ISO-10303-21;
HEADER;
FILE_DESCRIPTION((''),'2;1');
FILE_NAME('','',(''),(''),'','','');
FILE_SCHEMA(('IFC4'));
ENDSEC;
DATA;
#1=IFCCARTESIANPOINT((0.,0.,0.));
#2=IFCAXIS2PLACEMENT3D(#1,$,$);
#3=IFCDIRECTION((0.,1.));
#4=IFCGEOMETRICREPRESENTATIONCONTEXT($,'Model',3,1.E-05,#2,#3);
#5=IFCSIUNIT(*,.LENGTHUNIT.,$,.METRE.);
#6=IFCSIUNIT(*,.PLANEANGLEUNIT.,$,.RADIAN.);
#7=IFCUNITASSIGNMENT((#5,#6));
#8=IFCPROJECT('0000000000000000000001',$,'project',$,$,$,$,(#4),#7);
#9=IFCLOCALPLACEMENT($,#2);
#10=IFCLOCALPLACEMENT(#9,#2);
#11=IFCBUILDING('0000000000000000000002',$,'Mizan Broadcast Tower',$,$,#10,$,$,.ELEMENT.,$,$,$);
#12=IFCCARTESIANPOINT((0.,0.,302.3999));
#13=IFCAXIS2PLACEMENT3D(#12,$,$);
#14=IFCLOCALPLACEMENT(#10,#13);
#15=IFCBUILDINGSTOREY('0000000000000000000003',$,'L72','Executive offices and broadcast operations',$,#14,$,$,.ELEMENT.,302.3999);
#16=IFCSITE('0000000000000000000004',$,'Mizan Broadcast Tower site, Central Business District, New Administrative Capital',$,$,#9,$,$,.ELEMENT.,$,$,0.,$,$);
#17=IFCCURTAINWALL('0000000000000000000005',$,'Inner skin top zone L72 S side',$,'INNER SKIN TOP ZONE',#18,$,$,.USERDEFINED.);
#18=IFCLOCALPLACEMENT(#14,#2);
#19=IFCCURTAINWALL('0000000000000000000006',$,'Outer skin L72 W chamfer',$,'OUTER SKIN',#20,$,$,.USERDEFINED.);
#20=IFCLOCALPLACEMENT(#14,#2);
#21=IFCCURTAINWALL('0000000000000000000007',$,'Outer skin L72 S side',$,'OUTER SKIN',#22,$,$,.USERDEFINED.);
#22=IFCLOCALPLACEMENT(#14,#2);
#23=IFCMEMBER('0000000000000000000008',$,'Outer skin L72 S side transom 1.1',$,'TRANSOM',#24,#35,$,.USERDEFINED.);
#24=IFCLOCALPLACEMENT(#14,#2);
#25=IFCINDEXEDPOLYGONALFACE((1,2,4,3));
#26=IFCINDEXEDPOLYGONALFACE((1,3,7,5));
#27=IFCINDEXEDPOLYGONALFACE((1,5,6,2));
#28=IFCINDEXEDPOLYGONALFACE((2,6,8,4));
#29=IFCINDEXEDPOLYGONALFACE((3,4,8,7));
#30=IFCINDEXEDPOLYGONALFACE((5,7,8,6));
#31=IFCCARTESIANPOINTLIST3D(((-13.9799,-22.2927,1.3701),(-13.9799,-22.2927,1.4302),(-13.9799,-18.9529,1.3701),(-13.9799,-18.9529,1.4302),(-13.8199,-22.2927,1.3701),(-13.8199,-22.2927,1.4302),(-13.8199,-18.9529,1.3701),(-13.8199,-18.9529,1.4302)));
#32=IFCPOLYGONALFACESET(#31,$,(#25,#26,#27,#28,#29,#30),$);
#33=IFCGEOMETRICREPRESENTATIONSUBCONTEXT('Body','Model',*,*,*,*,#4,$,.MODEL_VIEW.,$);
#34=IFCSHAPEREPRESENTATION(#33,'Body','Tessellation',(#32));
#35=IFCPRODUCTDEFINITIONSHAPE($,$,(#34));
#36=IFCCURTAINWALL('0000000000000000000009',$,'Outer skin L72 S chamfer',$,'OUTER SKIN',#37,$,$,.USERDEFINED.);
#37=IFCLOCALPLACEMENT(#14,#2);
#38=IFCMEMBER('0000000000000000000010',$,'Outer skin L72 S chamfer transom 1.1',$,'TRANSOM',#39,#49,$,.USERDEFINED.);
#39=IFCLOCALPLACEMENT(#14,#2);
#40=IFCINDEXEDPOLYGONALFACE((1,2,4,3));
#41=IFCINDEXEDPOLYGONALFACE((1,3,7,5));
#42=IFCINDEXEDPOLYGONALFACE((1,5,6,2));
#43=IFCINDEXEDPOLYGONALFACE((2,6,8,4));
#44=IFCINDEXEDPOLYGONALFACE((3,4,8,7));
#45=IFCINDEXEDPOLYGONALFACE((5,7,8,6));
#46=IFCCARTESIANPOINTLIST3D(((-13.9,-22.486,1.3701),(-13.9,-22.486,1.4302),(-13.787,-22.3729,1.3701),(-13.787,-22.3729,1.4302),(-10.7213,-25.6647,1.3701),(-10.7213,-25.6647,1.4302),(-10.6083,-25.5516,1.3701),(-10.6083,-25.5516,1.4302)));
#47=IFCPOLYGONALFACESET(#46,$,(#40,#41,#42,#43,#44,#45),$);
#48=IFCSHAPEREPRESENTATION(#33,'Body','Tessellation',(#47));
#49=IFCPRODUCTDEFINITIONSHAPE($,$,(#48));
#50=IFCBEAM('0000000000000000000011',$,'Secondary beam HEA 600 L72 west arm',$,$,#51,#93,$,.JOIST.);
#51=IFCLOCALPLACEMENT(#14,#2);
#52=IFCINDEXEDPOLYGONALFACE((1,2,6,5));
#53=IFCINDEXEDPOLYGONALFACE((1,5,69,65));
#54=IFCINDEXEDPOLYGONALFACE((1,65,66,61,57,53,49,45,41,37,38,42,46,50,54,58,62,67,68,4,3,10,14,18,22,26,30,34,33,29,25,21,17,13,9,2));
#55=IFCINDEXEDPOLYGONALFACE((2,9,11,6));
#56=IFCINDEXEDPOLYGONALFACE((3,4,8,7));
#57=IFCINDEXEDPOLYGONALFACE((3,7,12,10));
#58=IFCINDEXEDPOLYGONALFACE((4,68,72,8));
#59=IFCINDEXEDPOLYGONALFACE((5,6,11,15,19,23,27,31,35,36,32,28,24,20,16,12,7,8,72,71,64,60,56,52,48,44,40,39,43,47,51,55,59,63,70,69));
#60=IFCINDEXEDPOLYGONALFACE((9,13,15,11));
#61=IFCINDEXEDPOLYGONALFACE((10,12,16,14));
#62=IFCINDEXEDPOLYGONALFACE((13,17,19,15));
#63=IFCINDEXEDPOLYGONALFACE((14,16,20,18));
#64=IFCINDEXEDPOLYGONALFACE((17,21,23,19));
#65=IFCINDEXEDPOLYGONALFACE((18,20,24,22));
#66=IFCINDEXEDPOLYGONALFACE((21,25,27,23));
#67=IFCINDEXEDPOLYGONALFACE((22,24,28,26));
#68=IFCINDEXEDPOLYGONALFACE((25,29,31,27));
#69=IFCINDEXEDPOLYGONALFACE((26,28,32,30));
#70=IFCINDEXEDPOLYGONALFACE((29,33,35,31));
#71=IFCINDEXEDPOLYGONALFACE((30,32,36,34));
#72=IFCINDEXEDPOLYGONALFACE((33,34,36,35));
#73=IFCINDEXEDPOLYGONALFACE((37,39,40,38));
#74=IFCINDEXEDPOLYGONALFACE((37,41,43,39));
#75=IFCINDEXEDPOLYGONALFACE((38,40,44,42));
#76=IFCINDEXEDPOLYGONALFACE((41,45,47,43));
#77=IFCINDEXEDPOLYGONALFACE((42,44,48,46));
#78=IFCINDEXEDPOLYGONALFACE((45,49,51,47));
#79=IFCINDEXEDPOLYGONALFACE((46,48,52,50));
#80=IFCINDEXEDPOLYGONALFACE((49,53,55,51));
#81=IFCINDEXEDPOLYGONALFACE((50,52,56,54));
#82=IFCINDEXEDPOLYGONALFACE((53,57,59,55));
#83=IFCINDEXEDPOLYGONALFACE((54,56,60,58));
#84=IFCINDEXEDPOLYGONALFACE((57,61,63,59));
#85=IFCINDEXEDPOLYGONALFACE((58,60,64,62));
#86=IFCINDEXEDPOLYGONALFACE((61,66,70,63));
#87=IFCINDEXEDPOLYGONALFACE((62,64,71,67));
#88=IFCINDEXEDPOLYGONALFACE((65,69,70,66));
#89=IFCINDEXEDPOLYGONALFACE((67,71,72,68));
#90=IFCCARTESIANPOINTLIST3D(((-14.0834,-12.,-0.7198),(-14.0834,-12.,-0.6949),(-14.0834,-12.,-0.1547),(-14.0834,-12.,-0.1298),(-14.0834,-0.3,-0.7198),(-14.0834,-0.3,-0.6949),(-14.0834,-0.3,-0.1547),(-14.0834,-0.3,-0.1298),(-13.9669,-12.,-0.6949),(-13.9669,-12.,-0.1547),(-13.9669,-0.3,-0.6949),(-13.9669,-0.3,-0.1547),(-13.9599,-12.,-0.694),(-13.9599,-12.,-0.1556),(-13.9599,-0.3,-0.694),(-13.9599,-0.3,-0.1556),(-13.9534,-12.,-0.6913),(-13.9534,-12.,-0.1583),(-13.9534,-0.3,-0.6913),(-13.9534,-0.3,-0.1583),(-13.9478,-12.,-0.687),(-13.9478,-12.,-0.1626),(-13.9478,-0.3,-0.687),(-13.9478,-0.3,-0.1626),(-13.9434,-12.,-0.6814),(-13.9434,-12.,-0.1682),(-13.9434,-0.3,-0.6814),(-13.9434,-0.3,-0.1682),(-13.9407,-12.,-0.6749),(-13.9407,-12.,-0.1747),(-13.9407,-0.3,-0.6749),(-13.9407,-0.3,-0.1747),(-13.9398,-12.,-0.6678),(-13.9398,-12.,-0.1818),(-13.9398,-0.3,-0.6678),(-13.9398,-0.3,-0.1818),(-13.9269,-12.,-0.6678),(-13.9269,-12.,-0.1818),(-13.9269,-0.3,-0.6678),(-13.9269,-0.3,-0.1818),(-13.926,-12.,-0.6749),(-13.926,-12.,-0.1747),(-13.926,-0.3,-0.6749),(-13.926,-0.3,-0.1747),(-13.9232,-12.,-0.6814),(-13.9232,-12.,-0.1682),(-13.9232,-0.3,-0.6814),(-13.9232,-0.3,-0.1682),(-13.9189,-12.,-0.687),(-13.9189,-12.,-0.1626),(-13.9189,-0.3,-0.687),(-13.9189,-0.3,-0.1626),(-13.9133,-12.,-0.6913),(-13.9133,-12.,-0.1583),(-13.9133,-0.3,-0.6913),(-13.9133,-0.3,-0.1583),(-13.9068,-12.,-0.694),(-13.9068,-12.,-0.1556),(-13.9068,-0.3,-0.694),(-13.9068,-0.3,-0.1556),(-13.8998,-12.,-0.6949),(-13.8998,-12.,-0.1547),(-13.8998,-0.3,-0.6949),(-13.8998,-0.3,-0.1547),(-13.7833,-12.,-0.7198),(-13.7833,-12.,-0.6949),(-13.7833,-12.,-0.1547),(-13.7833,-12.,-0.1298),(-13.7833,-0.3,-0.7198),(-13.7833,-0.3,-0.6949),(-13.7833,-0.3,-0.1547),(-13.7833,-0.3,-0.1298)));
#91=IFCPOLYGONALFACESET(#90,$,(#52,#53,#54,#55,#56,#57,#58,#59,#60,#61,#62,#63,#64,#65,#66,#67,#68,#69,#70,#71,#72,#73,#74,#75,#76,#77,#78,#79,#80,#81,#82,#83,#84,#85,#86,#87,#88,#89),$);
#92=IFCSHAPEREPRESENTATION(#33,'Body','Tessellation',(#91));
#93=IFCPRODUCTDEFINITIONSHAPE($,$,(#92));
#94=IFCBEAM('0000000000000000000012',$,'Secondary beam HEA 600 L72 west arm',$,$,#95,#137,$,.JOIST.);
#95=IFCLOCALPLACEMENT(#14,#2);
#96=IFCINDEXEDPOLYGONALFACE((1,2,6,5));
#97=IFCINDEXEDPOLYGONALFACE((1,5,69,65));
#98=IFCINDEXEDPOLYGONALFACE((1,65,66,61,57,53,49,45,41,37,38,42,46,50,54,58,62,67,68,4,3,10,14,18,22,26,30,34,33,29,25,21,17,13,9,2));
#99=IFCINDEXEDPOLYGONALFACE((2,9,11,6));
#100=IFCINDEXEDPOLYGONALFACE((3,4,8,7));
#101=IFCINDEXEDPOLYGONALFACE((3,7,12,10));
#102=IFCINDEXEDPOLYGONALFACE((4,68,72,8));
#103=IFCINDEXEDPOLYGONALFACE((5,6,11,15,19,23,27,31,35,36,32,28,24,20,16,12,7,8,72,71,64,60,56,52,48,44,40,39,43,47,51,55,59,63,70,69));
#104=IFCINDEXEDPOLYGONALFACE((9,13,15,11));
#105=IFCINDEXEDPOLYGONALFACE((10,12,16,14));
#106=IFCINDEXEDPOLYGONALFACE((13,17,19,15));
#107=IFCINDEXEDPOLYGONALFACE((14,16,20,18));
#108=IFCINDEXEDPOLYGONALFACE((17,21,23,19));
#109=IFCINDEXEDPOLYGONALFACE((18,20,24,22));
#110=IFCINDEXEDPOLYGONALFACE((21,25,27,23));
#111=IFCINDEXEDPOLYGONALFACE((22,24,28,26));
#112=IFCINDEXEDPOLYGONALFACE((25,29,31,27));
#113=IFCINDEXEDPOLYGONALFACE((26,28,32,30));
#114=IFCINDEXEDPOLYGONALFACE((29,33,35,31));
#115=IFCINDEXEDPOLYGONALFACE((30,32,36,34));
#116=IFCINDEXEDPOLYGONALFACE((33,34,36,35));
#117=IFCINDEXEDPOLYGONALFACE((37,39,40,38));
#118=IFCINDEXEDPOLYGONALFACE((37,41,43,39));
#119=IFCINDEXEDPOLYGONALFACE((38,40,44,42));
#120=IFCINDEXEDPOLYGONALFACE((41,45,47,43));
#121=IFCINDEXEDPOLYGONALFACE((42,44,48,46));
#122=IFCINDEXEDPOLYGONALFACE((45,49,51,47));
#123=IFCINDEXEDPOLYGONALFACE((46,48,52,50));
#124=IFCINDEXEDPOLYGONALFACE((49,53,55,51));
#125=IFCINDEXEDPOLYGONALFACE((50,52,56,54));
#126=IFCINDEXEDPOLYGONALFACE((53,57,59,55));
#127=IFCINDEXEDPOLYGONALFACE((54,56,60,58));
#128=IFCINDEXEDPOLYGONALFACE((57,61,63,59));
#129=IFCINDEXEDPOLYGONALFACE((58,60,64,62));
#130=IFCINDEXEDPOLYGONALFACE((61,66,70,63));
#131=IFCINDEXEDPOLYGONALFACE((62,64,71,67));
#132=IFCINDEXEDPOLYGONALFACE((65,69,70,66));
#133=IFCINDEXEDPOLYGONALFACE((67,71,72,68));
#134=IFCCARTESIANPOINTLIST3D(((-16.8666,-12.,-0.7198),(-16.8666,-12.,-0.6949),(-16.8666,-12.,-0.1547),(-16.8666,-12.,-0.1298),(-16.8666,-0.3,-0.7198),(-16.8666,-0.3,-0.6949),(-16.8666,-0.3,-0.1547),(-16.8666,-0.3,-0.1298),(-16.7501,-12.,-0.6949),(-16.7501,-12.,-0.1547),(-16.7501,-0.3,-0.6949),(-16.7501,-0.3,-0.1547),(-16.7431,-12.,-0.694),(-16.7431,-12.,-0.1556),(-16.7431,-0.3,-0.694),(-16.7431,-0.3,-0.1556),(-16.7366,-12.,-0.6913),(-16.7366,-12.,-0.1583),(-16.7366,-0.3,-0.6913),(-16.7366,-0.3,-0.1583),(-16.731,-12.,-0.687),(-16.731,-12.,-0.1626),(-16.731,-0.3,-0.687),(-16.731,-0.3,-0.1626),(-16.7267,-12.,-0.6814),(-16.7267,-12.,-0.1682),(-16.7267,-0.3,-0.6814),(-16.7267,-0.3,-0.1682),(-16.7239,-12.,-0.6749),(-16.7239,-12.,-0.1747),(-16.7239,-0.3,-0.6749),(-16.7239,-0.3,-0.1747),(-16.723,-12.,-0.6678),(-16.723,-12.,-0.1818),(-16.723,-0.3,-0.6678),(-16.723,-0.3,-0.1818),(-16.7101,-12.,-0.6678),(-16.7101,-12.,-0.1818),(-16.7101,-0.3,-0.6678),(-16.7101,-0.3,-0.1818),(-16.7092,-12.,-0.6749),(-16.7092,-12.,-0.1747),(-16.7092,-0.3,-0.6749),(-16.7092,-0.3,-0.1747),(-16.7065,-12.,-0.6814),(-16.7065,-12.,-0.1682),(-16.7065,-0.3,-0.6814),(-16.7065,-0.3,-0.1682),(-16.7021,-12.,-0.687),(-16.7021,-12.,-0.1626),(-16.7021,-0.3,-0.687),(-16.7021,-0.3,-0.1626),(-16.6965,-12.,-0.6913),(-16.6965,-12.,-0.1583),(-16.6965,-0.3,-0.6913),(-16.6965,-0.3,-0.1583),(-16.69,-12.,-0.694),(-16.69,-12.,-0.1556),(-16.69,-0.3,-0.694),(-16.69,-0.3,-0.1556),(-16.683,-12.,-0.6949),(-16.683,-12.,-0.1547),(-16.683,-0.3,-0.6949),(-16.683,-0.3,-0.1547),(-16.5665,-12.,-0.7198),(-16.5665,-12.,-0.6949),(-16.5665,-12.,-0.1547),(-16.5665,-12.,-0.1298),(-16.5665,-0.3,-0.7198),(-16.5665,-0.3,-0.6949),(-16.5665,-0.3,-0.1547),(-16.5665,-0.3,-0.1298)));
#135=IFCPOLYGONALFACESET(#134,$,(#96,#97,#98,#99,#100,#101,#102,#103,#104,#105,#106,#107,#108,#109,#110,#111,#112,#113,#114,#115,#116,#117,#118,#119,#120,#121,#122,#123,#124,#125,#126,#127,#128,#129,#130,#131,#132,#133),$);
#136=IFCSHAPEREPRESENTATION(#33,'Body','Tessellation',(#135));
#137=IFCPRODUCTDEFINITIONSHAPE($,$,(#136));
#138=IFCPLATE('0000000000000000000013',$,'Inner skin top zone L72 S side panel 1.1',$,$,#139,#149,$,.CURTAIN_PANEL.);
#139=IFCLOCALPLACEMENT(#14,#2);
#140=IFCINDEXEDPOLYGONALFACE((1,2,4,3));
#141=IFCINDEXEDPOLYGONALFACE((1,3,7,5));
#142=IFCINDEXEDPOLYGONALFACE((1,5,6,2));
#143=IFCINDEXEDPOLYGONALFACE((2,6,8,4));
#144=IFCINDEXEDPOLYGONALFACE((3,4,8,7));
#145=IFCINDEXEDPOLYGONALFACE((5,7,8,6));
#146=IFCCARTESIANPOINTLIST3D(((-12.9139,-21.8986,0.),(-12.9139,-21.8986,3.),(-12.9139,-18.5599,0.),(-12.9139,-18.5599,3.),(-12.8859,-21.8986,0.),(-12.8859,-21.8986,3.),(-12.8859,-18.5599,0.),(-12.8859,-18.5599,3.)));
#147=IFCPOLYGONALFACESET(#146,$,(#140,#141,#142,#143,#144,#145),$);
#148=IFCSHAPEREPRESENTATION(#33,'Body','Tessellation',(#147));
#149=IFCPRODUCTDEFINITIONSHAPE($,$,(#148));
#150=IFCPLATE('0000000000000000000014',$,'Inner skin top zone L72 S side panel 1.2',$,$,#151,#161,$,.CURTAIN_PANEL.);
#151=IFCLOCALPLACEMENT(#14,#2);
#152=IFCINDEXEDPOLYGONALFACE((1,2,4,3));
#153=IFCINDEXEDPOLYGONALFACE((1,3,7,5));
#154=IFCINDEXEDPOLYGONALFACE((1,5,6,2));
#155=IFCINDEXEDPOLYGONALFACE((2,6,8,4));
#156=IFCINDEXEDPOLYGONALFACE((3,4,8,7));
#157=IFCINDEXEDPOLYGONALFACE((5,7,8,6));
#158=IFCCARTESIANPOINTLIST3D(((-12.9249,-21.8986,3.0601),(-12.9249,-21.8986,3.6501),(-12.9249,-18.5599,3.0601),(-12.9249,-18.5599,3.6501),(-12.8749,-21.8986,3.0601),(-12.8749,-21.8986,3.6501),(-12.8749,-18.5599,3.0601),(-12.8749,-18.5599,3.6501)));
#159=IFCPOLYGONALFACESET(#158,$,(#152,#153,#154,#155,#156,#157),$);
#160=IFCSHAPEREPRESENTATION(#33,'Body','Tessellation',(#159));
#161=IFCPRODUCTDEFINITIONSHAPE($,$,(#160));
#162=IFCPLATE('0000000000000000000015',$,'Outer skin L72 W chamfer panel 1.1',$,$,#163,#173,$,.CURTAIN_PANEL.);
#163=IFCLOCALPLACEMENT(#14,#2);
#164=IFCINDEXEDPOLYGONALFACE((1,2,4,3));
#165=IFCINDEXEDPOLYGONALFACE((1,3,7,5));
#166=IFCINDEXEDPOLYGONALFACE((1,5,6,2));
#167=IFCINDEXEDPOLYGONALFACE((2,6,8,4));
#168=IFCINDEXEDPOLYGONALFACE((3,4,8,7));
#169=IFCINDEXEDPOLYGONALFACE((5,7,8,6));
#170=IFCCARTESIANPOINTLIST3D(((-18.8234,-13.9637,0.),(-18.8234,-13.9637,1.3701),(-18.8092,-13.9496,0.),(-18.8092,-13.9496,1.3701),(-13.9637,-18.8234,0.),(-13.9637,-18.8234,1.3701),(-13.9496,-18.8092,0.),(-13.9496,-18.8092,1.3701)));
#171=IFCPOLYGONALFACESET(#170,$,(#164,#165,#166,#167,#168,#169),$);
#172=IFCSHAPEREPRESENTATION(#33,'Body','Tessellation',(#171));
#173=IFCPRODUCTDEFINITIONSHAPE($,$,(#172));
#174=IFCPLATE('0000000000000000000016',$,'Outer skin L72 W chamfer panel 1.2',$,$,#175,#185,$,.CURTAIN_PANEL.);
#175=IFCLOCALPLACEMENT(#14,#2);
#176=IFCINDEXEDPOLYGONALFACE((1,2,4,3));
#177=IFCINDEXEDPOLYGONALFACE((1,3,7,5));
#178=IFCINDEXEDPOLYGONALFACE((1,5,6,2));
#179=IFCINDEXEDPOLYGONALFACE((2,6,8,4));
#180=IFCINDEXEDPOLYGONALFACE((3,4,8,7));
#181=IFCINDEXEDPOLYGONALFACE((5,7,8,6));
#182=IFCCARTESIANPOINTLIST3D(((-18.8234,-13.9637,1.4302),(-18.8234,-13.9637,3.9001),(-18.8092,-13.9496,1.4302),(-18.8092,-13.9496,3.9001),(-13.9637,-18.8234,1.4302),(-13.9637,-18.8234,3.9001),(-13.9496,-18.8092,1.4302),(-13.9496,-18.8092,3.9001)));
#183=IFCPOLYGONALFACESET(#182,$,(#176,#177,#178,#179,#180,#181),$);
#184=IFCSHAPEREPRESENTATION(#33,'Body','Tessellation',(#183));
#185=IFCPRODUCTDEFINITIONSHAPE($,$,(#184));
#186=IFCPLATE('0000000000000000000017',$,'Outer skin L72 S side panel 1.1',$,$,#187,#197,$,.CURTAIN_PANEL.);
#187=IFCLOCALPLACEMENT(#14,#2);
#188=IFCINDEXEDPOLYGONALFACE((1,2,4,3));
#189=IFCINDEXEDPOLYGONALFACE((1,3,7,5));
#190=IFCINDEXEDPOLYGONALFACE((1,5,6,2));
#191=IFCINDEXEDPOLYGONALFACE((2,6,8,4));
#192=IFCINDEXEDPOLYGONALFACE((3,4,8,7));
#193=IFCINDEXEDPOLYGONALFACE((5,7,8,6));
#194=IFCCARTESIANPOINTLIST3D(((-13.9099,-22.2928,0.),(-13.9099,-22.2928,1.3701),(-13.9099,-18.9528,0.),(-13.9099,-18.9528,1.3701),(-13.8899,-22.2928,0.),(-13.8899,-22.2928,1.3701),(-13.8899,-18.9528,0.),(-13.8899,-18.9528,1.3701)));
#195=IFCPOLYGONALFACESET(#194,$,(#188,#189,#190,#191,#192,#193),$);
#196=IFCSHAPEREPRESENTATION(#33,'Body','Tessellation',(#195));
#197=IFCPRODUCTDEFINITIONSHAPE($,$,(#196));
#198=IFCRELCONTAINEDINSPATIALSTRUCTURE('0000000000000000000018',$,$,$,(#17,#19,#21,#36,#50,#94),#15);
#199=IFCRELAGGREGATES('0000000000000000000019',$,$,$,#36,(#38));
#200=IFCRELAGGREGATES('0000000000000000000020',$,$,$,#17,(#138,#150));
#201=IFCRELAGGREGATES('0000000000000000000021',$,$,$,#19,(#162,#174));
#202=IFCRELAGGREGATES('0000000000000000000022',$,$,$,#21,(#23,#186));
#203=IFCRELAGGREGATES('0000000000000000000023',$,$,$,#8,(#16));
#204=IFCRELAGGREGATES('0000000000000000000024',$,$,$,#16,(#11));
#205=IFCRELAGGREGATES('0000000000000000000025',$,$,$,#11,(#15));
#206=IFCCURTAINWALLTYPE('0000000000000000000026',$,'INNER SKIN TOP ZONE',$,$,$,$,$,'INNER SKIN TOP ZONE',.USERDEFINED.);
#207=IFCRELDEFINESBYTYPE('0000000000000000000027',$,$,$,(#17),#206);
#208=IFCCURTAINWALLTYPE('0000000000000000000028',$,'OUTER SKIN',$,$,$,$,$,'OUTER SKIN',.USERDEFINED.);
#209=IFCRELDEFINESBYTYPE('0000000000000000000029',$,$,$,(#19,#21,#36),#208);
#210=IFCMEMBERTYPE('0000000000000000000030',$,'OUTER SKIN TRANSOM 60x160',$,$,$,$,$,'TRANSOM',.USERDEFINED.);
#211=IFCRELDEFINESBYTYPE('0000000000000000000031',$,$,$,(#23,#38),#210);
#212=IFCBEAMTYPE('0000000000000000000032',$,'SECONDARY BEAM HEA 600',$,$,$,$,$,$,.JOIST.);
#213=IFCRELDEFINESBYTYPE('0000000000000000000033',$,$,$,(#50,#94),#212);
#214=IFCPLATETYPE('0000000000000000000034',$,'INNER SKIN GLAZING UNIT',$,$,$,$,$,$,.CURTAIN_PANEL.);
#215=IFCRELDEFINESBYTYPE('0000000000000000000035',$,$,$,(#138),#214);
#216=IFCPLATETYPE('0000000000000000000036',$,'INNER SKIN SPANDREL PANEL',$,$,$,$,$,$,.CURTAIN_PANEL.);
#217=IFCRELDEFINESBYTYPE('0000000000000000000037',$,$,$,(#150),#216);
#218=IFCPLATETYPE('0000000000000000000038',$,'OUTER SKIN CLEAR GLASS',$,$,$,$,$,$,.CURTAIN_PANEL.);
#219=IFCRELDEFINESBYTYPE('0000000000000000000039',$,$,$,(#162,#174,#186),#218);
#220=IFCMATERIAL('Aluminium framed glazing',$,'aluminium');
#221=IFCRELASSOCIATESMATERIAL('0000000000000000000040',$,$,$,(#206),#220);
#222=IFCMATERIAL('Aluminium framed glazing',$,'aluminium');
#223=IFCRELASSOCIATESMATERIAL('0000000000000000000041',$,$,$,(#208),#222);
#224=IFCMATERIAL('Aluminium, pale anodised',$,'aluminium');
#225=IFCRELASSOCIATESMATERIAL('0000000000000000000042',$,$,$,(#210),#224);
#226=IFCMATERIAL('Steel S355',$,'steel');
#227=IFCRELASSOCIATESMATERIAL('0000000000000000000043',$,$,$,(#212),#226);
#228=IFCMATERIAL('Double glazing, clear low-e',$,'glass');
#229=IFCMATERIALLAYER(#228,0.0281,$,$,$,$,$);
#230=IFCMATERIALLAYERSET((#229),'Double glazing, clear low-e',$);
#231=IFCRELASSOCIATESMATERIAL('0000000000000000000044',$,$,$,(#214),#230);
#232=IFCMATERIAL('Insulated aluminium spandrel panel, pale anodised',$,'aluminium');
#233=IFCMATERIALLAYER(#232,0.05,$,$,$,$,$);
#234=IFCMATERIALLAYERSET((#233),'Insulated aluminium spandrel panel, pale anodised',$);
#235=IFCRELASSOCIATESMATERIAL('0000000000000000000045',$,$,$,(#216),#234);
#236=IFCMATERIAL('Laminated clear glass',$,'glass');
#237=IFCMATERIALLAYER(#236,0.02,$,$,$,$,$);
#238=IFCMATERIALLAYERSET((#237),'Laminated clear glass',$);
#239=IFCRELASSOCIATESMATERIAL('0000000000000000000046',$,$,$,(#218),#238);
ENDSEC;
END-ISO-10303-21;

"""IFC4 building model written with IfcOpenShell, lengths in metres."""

from ifc_helpers import new_model, si_unit, direction, frame, origin, origin_2d, place, context, subcontext, project, spatial, rectangle, i_section, extrude, material, layer, layer_set, material_profile, profile_set, type_object, element, aggregate, save


model = new_model("IFC4")

# Units and contexts
model_context = context("Model", 3, precision=1e-05, world=origin(), true_north=direction((0.0, 1.0)))
body_context = subcontext(model_context, "Body", "Model", "MODEL_VIEW")
ifc_project = project(units=[si_unit("LENGTHUNIT", "METRE"), si_unit("PLANEANGLEUNIT", "RADIAN")], contexts=[model_context])

# Site, building, storey
site_placement = place(None, origin())
site = spatial("IfcSite", under=ifc_project, at=site_placement, Name="Mizan Broadcast Tower site, Central Business District, New Administrative Capital", CompositionType="ELEMENT", RefElevation=0.0)
building_placement = place(site_placement, origin())
building = spatial("IfcBuilding", under=site, at=building_placement, Name="Mizan Broadcast Tower", CompositionType="ELEMENT")
storey_placement = place(building_placement, frame((0.0, 0.0, 302.3999)))
storey = spatial("IfcBuildingStorey", under=building, at=storey_placement, Name="L72", Description="Executive offices and broadcast operations", CompositionType="ELEMENT", Elevation=302.3999)

# Shared definitions
ifc_material_1 = material(Name="Aluminium framed glazing", Category="aluminium")
curtain_wall_type_1 = type_object("IfcCurtainWallType", Name="INNER SKIN TOP ZONE", ElementType="INNER SKIN TOP ZONE", PredefinedType="USERDEFINED", material=ifc_material_1)

# Curtain wall
curtain_wall_1_placement = place(storey_placement, origin())
curtain_wall_1 = element("IfcCurtainWall", 1, at=curtain_wall_1_placement, inside=storey, type_object=curtain_wall_type_1, Name="Inner skin top zone L72 S side", ObjectType="INNER SKIN TOP ZONE", PredefinedType="USERDEFINED")

# Curtain walls
ifc_material_2 = material(Name="Aluminium framed glazing", Category="aluminium")
curtain_wall_type_2 = type_object("IfcCurtainWallType", Name="OUTER SKIN", ElementType="OUTER SKIN", PredefinedType="USERDEFINED", material=ifc_material_2)
curtain_wall_2_placement = place(storey_placement, origin())
curtain_wall_2 = element("IfcCurtainWall", 2, at=curtain_wall_2_placement, inside=storey, type_object=curtain_wall_type_2, Name="Outer skin L72 W chamfer", ObjectType="OUTER SKIN", PredefinedType="USERDEFINED")
curtain_wall_3_placement = place(storey_placement, origin())
curtain_wall_3 = element("IfcCurtainWall", 3, at=curtain_wall_3_placement, inside=storey, type_object=curtain_wall_type_2, Name="Outer skin L72 S side", ObjectType="OUTER SKIN", PredefinedType="USERDEFINED")

# Member
ifc_material_3 = material(Name="Aluminium, pale anodised", Category="aluminium")
ifc_material_profile_1 = material_profile(ifc_material_3, rectangle(XDim=0.1599, YDim=0.0601, at=origin_2d()), Name="TRANSOM 160x60")
ifc_profile_set_1 = profile_set([ifc_material_profile_1], Name="Aluminium, pale anodised")
member_type_1 = type_object("IfcMemberType", Name="OUTER SKIN TRANSOM 60x160", ElementType="TRANSOM", PredefinedType="USERDEFINED", material=ifc_profile_set_1)
member_1_placement = place(storey_placement, frame((-13.8999, -18.9529, 1.4001), z_axis=(0.0, -1.0, 0.0), x_axis=(1.0, 0.0, 0.0)))
member_1 = element("IfcMember", 4, at=member_1_placement, type_object=member_type_1, Name="Outer skin L72 S side transom 1.1", ObjectType="TRANSOM", PredefinedType="USERDEFINED", context=body_context, shape_type="SweptSolid", body=[
    extrude(rectangle(XDim=0.1599, YDim=0.0601, at=origin_2d()), origin(), (0.0, 0.0, 1.0), 3.3398),
])

# Curtain wall, member
curtain_wall_4_placement = place(storey_placement, origin())
curtain_wall_4 = element("IfcCurtainWall", 5, at=curtain_wall_4_placement, inside=storey, type_object=curtain_wall_type_2, Name="Outer skin L72 S chamfer", ObjectType="OUTER SKIN", PredefinedType="USERDEFINED")
member_2_placement = place(storey_placement, frame((-13.8435, -22.4294, 1.4001), z_axis=(0.707107, -0.707107, 0.0), x_axis=(0.707107, 0.707107, 0.0)))
member_2 = element("IfcMember", 6, at=member_2_placement, type_object=member_type_1, Name="Outer skin L72 S chamfer transom 1.1", ObjectType="TRANSOM", PredefinedType="USERDEFINED", context=body_context, shape_type="SweptSolid", body=[
    extrude(rectangle(XDim=0.1599, YDim=0.0601, at=origin_2d()), origin(), (0.0, 0.0, 1.0), 4.4954),
])
aggregate(curtain_wall_4, [member_2])

# Beams
ifc_material_4 = material(Name="Steel S355", Category="steel")
ifc_material_profile_2 = material_profile(ifc_material_4, i_section(OverallWidth=0.3, OverallDepth=0.5901, WebThickness=0.0129, FlangeThickness=0.0249, FilletRadius=0.0271, at=origin_2d()), Name="HEA 600")
ifc_profile_set_2 = profile_set([ifc_material_profile_2], Name="Steel S355")
beam_type_1 = type_object("IfcBeamType", Name="SECONDARY BEAM HEA 600", PredefinedType="JOIST", material=ifc_profile_set_2)
for number, where, z_axis, x_axis, name in (
    (7, (-13.9333, -12.0, -0.4248), (0.0, 1.0, 0.0), (-1.0, 0.0, 0.0), "Secondary beam HEA 600 L72 west arm"),
    (8, (-16.7166, -12.0, -0.4248), (0.0, 1.0, 0.0), (-1.0, 0.0, 0.0), "Secondary beam HEA 600 L72 west arm"),
):
    element("IfcBeam", number, at=place(storey_placement, frame(where, z_axis=z_axis, x_axis=x_axis)), inside=storey, type_object=beam_type_1, Name=name, PredefinedType="JOIST", context=body_context, shape_type="SweptSolid", body=[
        extrude(i_section(OverallWidth=0.3, OverallDepth=0.5901, WebThickness=0.0129, FlangeThickness=0.0249, FilletRadius=0.0271, at=origin_2d()), origin(), (0.0, 0.0, 1.0), 11.7),
    ])

# Plates
ifc_material_5 = material(Name="Double glazing, clear low-e", Category="glass")
ifc_layer_1 = layer(ifc_material_5, 0.0281)
ifc_layer_set_1 = layer_set([ifc_layer_1], Name="Double glazing, clear low-e")
plate_type_1 = type_object("IfcPlateType", Name="INNER SKIN GLAZING UNIT", PredefinedType="CURTAIN_PANEL", material=ifc_layer_set_1)
plate_1_placement = place(storey_placement, frame((-12.8999, -20.2292, 0.0), z_axis=(0.0, 0.0, 1.0), x_axis=(0.0, -1.0, 0.0)))
plate_1 = element("IfcPlate", 9, at=plate_1_placement, type_object=plate_type_1, Name="Inner skin top zone L72 S side panel 1.1", PredefinedType="CURTAIN_PANEL", context=body_context, shape_type="SweptSolid", body=[
    extrude(rectangle(XDim=3.3386, YDim=0.0281, at=origin_2d()), origin(), (0.0, 0.0, 1.0), 3.0),
])
ifc_material_6 = material(Name="Insulated aluminium spandrel panel, pale anodised", Category="aluminium")
ifc_layer_2 = layer(ifc_material_6, 0.05)
ifc_layer_set_2 = layer_set([ifc_layer_2], Name="Insulated aluminium spandrel panel, pale anodised")
plate_type_2 = type_object("IfcPlateType", Name="INNER SKIN SPANDREL PANEL", PredefinedType="CURTAIN_PANEL", material=ifc_layer_set_2)
plate_2_placement = place(storey_placement, frame((-12.8999, -20.2292, 3.0601), z_axis=(0.0, 0.0, 1.0), x_axis=(0.0, -1.0, 0.0)))
plate_2 = element("IfcPlate", 10, at=plate_2_placement, type_object=plate_type_2, Name="Inner skin top zone L72 S side panel 1.2", PredefinedType="CURTAIN_PANEL", context=body_context, shape_type="SweptSolid", body=[
    extrude(rectangle(XDim=3.3386, YDim=0.05, at=origin_2d()), origin(), (0.0, 0.0, 1.0), 0.5901),
])
aggregate(curtain_wall_1, [plate_1, plate_2])
ifc_material_7 = material(Name="Laminated clear glass", Category="glass")
ifc_layer_3 = layer(ifc_material_7, 0.02)
ifc_layer_set_3 = layer_set([ifc_layer_3], Name="Laminated clear glass")
plate_type_3 = type_object("IfcPlateType", Name="OUTER SKIN CLEAR GLASS", PredefinedType="CURTAIN_PANEL", material=ifc_layer_set_3)
plate_3_placement = place(storey_placement, frame((-16.3865, -16.3865, 0.0), z_axis=(0.0, 0.0, 1.0), x_axis=(0.707107, -0.707107, 0.0)))
plate_3 = element("IfcPlate", 11, at=plate_3_placement, type_object=plate_type_3, Name="Outer skin L72 W chamfer panel 1.1", PredefinedType="CURTAIN_PANEL", context=body_context, shape_type="SweptSolid", body=[
    extrude(rectangle(XDim=6.8726, YDim=0.02, at=origin_2d()), origin(), (0.0, 0.0, 1.0), 1.3701),
])
plate_4_placement = place(storey_placement, frame((-16.3865, -16.3865, 1.4302), z_axis=(0.0, 0.0, 1.0), x_axis=(0.707107, -0.707107, 0.0)))
plate_4 = element("IfcPlate", 12, at=plate_4_placement, type_object=plate_type_3, Name="Outer skin L72 W chamfer panel 1.2", PredefinedType="CURTAIN_PANEL", context=body_context, shape_type="SweptSolid", body=[
    extrude(rectangle(XDim=6.8726, YDim=0.02, at=origin_2d()), origin(), (0.0, 0.0, 1.0), 2.47),
])
aggregate(curtain_wall_2, [plate_3, plate_4])
plate_5_placement = place(storey_placement, frame((-13.8999, -20.6228, 0.0), z_axis=(0.0, 0.0, 1.0), x_axis=(0.0, -1.0, 0.0)))
plate_5 = element("IfcPlate", 13, at=plate_5_placement, type_object=plate_type_3, Name="Outer skin L72 S side panel 1.1", PredefinedType="CURTAIN_PANEL", context=body_context, shape_type="SweptSolid", body=[
    extrude(rectangle(XDim=3.3401, YDim=0.02, at=origin_2d()), origin(), (0.0, 0.0, 1.0), 1.3701),
])
aggregate(curtain_wall_3, [member_1, plate_5])

save(model, "model.ifc")
